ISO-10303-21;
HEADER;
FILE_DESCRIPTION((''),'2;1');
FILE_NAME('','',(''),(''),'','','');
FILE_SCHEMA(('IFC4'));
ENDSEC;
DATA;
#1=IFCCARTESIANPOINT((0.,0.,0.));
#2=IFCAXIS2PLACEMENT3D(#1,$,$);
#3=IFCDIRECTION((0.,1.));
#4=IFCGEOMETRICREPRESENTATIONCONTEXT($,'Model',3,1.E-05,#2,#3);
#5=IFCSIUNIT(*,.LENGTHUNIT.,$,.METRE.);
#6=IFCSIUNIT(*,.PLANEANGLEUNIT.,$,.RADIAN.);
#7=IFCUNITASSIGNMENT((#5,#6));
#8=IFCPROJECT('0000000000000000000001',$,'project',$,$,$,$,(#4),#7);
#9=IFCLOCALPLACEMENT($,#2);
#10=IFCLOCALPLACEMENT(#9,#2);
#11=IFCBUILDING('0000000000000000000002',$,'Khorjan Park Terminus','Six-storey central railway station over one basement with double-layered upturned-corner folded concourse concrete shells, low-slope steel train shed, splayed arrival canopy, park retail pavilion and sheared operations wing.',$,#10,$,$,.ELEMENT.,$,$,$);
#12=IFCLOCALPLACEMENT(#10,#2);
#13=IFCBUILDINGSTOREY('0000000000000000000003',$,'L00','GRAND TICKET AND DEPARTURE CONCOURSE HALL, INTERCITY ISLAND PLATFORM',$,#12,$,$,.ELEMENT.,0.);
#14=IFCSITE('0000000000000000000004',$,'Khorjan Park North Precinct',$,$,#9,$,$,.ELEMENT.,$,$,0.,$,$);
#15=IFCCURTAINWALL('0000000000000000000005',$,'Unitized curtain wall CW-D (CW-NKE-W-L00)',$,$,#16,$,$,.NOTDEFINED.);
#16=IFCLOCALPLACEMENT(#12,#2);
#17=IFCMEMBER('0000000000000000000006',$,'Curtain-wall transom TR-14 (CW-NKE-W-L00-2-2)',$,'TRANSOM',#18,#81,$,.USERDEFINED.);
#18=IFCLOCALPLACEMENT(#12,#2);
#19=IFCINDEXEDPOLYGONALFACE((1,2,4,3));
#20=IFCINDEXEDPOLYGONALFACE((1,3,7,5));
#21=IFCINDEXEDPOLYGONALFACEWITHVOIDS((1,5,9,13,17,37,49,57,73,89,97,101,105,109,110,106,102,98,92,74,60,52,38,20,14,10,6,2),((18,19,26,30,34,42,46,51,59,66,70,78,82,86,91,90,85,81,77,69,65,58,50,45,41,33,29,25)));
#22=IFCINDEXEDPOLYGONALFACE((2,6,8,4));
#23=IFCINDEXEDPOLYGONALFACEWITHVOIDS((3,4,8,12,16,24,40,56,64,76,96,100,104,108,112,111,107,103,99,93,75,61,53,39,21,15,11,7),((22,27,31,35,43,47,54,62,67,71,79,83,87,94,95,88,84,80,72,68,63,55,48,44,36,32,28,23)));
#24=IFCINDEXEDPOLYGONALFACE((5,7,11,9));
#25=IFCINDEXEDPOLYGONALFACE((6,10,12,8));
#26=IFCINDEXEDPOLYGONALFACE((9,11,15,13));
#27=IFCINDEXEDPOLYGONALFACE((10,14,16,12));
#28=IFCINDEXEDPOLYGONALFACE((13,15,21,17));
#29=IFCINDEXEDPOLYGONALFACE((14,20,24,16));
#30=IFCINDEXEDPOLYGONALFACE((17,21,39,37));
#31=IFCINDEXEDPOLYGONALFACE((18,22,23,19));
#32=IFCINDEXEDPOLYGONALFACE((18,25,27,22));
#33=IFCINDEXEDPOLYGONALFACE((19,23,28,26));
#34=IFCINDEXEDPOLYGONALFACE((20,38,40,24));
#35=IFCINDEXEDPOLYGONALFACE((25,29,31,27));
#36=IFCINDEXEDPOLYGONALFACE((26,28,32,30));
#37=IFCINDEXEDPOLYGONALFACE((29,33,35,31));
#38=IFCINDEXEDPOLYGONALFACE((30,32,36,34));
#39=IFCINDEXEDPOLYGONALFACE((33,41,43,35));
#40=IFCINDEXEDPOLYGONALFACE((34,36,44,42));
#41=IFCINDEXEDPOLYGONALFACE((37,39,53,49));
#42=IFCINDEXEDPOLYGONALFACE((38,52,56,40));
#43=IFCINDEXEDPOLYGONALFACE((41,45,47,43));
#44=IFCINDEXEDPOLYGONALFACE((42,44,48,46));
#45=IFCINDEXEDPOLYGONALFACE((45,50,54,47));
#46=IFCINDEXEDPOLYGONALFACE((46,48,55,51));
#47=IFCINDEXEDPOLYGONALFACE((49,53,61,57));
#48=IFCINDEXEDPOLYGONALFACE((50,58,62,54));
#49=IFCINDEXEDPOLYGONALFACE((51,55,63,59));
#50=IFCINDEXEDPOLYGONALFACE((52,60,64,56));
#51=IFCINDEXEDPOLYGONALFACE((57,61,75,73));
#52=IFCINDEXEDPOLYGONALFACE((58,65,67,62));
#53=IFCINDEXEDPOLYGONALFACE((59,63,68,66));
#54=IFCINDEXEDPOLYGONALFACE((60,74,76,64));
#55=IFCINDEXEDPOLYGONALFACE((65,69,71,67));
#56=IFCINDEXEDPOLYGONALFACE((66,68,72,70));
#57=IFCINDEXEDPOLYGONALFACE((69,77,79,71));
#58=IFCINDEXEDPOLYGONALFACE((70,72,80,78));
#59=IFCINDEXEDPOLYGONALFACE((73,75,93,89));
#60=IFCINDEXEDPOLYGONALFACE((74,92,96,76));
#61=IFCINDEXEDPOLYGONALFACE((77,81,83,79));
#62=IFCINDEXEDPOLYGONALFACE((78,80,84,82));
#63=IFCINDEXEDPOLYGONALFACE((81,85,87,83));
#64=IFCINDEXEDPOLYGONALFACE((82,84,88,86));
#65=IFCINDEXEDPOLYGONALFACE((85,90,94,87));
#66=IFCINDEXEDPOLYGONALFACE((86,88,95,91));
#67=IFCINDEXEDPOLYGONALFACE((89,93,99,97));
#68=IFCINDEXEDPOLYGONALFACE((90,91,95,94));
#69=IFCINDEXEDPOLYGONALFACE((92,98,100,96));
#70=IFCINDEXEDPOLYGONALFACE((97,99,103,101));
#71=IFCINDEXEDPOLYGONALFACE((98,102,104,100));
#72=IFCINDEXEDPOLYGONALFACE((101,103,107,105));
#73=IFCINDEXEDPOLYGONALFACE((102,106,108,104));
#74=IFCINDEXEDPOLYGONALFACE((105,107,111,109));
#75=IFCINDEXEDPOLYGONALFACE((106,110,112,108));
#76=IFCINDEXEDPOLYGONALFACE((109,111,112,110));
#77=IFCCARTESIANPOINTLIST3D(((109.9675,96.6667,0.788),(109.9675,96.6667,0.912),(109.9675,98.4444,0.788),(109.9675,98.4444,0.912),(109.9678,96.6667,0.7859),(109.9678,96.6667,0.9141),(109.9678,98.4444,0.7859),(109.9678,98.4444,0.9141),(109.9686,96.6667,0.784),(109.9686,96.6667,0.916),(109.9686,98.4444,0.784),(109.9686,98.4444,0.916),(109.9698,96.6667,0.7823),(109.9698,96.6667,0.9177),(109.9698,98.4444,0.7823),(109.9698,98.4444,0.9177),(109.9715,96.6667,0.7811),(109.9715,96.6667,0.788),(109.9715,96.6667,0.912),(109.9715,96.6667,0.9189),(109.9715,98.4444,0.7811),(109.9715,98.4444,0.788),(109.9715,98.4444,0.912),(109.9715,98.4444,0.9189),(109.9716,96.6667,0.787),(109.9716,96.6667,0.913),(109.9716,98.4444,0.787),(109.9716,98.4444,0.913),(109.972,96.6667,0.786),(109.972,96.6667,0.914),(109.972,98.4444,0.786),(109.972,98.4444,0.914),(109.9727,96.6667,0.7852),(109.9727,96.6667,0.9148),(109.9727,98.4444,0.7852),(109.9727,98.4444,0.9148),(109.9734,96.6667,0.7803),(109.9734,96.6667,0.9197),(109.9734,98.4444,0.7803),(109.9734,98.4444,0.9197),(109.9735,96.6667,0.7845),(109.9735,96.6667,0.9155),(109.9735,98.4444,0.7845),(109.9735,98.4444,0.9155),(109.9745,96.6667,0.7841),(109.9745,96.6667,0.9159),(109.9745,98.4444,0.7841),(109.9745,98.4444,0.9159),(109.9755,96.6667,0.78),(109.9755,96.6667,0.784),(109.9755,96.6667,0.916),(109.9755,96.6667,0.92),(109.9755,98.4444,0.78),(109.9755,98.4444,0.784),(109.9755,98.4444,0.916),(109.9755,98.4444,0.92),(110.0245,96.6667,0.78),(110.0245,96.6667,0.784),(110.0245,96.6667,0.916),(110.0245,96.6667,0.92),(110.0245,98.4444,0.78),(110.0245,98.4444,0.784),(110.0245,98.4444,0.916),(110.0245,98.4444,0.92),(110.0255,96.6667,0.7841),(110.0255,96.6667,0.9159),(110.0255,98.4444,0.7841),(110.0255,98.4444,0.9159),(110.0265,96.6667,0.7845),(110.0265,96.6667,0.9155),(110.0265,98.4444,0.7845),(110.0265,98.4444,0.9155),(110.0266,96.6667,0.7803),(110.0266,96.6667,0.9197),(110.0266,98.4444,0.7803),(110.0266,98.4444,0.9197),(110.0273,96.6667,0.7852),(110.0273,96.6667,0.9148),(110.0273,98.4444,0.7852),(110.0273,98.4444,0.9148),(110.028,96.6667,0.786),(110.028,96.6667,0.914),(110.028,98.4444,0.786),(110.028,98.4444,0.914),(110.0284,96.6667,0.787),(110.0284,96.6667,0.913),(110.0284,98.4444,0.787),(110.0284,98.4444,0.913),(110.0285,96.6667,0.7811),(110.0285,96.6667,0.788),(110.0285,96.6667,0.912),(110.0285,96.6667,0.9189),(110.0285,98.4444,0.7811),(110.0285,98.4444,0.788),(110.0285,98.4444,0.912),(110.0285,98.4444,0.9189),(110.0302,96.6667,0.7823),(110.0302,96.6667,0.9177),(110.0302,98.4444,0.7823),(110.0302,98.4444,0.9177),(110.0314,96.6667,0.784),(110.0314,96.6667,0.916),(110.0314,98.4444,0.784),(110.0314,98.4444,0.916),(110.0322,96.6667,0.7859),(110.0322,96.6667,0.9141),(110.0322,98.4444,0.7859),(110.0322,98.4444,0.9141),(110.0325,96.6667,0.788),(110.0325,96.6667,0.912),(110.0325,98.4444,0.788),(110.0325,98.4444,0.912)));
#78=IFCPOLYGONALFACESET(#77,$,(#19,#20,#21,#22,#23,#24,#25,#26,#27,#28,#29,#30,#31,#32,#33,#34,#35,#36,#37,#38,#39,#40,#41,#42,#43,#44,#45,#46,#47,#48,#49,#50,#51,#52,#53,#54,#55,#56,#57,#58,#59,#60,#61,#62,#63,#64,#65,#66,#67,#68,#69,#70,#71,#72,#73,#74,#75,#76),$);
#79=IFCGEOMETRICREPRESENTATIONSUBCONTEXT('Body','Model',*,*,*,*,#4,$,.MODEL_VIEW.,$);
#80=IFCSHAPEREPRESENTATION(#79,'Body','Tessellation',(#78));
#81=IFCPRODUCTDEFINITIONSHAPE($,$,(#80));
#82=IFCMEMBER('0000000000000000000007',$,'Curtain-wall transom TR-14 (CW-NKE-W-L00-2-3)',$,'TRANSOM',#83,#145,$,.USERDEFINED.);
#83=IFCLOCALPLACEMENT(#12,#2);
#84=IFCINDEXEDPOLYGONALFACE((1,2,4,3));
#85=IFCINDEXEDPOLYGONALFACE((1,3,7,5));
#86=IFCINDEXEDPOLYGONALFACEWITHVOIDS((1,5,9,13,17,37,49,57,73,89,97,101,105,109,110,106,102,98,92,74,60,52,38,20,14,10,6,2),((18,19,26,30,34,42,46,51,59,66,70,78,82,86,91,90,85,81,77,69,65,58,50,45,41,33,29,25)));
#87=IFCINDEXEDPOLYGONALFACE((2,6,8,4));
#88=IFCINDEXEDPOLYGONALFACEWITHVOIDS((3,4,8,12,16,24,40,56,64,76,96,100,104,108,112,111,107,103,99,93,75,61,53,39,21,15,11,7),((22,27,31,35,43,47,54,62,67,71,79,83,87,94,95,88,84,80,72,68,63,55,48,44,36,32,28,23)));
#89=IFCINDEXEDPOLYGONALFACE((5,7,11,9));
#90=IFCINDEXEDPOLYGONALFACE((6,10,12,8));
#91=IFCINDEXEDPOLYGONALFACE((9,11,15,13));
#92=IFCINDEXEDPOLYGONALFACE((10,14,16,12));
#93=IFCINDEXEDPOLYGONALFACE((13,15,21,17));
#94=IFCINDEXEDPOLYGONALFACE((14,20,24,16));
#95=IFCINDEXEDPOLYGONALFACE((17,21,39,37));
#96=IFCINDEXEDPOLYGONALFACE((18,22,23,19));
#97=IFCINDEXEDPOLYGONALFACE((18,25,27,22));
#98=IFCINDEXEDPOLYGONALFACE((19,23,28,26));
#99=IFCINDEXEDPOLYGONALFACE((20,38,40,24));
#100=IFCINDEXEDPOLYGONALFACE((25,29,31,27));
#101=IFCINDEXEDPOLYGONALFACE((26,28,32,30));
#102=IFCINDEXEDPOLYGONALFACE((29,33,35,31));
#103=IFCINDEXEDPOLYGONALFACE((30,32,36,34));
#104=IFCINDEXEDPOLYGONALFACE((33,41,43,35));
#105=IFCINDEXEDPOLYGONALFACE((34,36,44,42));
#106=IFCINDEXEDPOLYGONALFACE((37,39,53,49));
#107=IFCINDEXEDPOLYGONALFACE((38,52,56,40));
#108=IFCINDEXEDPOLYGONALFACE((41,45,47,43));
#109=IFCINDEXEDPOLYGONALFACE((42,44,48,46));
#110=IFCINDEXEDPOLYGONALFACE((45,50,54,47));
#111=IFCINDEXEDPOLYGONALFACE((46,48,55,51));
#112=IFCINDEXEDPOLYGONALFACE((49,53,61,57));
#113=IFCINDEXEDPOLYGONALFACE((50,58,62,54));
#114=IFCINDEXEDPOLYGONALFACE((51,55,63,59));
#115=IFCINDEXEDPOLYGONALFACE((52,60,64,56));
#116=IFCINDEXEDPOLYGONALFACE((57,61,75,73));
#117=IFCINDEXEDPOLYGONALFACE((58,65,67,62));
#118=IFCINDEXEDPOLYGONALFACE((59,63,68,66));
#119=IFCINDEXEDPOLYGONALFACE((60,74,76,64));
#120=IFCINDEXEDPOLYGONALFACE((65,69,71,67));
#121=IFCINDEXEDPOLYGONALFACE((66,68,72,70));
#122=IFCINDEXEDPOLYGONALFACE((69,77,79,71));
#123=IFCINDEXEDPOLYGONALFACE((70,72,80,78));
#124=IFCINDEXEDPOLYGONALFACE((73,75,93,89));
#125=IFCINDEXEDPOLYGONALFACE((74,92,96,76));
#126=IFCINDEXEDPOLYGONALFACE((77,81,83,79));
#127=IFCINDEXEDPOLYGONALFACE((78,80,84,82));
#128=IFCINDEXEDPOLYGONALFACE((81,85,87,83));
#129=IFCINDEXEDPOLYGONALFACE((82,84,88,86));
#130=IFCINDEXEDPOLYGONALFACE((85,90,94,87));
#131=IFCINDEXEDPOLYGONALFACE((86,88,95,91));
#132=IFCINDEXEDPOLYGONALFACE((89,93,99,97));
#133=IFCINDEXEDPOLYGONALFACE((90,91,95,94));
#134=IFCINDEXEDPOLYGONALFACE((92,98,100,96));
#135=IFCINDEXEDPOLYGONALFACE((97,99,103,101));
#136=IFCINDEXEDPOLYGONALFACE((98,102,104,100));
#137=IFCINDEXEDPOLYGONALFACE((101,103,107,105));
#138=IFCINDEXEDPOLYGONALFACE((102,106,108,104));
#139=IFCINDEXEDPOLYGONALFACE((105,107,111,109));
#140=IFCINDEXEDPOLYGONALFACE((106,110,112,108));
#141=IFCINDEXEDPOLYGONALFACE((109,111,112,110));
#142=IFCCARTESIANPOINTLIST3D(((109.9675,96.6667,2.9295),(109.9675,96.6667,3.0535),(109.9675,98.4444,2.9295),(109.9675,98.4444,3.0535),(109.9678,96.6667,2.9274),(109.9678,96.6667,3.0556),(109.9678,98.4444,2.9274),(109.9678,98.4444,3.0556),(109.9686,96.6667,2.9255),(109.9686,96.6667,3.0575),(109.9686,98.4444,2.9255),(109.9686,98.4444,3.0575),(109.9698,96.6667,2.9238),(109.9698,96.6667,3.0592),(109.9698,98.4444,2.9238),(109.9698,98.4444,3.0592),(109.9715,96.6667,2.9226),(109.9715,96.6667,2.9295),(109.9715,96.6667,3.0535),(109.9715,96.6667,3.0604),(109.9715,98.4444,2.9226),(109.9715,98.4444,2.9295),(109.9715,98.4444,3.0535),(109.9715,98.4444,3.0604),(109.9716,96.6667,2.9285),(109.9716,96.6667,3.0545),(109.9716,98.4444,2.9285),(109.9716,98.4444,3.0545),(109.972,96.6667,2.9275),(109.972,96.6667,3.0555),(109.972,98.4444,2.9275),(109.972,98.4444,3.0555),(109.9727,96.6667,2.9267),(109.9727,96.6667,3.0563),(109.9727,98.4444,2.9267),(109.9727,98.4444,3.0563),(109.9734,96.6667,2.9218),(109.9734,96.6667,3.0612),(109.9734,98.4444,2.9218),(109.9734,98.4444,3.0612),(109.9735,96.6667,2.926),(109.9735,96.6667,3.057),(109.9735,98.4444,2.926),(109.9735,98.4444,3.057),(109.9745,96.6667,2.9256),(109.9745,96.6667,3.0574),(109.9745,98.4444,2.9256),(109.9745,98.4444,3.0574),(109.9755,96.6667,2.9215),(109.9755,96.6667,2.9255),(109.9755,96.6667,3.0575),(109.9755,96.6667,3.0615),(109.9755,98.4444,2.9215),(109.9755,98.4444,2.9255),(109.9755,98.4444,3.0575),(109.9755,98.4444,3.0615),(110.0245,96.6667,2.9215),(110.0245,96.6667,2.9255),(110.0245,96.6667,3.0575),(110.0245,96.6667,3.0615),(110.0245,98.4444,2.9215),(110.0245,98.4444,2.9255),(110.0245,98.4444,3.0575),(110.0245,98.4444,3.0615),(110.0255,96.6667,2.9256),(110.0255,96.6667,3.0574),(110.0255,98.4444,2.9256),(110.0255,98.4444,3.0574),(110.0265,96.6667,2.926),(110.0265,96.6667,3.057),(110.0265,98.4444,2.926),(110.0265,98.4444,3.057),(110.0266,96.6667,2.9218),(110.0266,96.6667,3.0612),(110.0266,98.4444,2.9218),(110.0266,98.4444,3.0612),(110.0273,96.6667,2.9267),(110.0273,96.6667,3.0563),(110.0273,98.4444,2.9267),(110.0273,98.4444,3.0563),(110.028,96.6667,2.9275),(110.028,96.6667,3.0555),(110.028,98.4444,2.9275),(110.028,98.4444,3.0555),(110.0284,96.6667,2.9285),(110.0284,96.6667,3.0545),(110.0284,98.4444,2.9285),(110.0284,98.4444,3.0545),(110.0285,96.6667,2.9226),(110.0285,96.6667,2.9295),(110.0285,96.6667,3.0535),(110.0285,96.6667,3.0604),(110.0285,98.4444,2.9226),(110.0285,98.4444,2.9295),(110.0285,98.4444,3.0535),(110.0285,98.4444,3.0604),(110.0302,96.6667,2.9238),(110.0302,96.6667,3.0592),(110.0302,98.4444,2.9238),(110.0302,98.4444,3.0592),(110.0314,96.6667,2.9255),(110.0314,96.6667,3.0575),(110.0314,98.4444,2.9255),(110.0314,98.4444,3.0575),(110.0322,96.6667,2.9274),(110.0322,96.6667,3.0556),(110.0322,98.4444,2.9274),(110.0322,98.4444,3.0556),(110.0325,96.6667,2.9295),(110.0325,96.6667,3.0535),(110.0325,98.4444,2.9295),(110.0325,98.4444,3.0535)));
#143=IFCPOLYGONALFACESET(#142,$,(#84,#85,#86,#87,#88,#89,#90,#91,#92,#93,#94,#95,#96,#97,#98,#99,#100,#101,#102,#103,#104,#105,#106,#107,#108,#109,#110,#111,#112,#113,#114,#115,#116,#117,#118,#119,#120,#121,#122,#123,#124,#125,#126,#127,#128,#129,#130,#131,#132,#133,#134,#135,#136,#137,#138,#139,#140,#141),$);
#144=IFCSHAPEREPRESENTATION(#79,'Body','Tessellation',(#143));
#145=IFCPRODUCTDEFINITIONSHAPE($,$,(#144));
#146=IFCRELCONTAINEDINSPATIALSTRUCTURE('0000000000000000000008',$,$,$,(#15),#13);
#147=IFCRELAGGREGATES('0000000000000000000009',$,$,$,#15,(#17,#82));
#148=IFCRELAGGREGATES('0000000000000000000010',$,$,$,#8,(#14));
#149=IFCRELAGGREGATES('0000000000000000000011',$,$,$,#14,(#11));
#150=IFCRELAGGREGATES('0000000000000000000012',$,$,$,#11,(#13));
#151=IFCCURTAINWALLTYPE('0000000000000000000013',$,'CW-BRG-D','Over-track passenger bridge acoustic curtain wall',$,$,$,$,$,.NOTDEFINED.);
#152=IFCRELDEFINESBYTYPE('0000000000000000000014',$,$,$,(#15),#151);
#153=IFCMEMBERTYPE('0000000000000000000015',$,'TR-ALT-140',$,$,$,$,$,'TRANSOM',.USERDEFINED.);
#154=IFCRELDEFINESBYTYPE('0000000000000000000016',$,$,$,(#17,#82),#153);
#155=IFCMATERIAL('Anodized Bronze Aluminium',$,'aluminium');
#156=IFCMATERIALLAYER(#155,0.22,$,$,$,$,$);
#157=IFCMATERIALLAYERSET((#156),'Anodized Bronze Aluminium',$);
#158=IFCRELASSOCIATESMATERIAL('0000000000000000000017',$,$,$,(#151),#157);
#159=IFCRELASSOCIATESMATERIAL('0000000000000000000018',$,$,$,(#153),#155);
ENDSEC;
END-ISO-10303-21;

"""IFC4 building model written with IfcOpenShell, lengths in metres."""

from ifc_helpers import new_model, si_unit, direction, frame, origin, origin_2d, place, context, subcontext, project, spatial, hollow_rectangle, extrude, material, layer, layer_set, material_profile, profile_set, type_object, element, aggregate, save


model = new_model("IFC4")

# Units and contexts
model_context = context("Model", 3, precision=1e-05, world=origin(), true_north=direction((0.0, 1.0)))
body_context = subcontext(model_context, "Body", "Model", "MODEL_VIEW")
ifc_project = project(units=[si_unit("LENGTHUNIT", "METRE"), si_unit("PLANEANGLEUNIT", "RADIAN")], contexts=[model_context])

# Site, building, storey
site_placement = place(None, origin())
site = spatial("IfcSite", under=ifc_project, at=site_placement, Name="Khorjan Park North Precinct", CompositionType="ELEMENT", RefElevation=0.0)
building_placement = place(site_placement, origin())
building = spatial("IfcBuilding", under=site, at=building_placement, Name="Khorjan Park Terminus", Description="Six-storey central railway station over one basement with double-layered upturned-corner folded concourse concrete shells, low-slope steel train shed, splayed arrival canopy, park retail pavilion and sheared operations wing.", CompositionType="ELEMENT")
storey_placement = place(building_placement, origin())
storey = spatial("IfcBuildingStorey", under=building, at=storey_placement, Name="L00", Description="GRAND TICKET AND DEPARTURE CONCOURSE HALL, INTERCITY ISLAND PLATFORM", CompositionType="ELEMENT", Elevation=0.0)

# Curtain wall, members
ifc_material_1 = material(Name="Anodized Bronze Aluminium", Category="aluminium")
ifc_layer_1 = layer(ifc_material_1, 0.22)
ifc_layer_set_1 = layer_set([ifc_layer_1], Name="Anodized Bronze Aluminium")
curtain_wall_type = type_object("IfcCurtainWallType", Name="CW-BRG-D", Description="Over-track passenger bridge acoustic curtain wall", PredefinedType="NOTDEFINED", material=ifc_layer_set_1)
curtain_wall_placement = place(storey_placement, origin())
curtain_wall = element("IfcCurtainWall", 1, at=curtain_wall_placement, inside=storey, type_object=curtain_wall_type, Name="Unitized curtain wall CW-D (CW-NKE-W-L00)", PredefinedType="NOTDEFINED")
ifc_material_profile_1 = material_profile(ifc_material_1, hollow_rectangle(XDim=0.065, YDim=0.14, WallThickness=0.004, InnerFilletRadius=0.004, OuterFilletRadius=0.008, at=origin_2d()), Name="ALT 65x140x4")
ifc_profile_set_1 = profile_set([ifc_material_profile_1], Name="Anodized Bronze Aluminium")
member_type_1 = type_object("IfcMemberType", Name="TR-ALT-140", ElementType="TRANSOM", PredefinedType="USERDEFINED", material=ifc_profile_set_1)
member_1_placement = place(storey_placement, frame((110.0, 98.4444, 0.85), z_axis=(0.0, -1.0, 0.0), x_axis=(1.0, 0.0, 0.0)))
member_1 = element("IfcMember", 2, at=member_1_placement, type_object=member_type_1, Name="Curtain-wall transom TR-14 (CW-NKE-W-L00-2-2)", ObjectType="TRANSOM", PredefinedType="USERDEFINED", context=body_context, shape_type="SweptSolid", body=[
    extrude(hollow_rectangle(XDim=0.065, YDim=0.14, WallThickness=0.004, InnerFilletRadius=0.004, OuterFilletRadius=0.008, at=origin_2d()), origin(), (0.0, 0.0, 1.0), 1.7777),
])
member_2_placement = place(storey_placement, frame((110.0, 98.4444, 2.9915), z_axis=(0.0, -1.0, 0.0), x_axis=(1.0, 0.0, 0.0)))
member_2 = element("IfcMember", 3, at=member_2_placement, type_object=member_type_1, Name="Curtain-wall transom TR-14 (CW-NKE-W-L00-2-3)", ObjectType="TRANSOM", PredefinedType="USERDEFINED", context=body_context, shape_type="SweptSolid", body=[
    extrude(hollow_rectangle(XDim=0.065, YDim=0.14, WallThickness=0.004, InnerFilletRadius=0.004, OuterFilletRadius=0.008, at=origin_2d()), origin(), (0.0, 0.0, 1.0), 1.7777),
])
aggregate(curtain_wall, [member_1, member_2])

save(model, "model.ifc")
